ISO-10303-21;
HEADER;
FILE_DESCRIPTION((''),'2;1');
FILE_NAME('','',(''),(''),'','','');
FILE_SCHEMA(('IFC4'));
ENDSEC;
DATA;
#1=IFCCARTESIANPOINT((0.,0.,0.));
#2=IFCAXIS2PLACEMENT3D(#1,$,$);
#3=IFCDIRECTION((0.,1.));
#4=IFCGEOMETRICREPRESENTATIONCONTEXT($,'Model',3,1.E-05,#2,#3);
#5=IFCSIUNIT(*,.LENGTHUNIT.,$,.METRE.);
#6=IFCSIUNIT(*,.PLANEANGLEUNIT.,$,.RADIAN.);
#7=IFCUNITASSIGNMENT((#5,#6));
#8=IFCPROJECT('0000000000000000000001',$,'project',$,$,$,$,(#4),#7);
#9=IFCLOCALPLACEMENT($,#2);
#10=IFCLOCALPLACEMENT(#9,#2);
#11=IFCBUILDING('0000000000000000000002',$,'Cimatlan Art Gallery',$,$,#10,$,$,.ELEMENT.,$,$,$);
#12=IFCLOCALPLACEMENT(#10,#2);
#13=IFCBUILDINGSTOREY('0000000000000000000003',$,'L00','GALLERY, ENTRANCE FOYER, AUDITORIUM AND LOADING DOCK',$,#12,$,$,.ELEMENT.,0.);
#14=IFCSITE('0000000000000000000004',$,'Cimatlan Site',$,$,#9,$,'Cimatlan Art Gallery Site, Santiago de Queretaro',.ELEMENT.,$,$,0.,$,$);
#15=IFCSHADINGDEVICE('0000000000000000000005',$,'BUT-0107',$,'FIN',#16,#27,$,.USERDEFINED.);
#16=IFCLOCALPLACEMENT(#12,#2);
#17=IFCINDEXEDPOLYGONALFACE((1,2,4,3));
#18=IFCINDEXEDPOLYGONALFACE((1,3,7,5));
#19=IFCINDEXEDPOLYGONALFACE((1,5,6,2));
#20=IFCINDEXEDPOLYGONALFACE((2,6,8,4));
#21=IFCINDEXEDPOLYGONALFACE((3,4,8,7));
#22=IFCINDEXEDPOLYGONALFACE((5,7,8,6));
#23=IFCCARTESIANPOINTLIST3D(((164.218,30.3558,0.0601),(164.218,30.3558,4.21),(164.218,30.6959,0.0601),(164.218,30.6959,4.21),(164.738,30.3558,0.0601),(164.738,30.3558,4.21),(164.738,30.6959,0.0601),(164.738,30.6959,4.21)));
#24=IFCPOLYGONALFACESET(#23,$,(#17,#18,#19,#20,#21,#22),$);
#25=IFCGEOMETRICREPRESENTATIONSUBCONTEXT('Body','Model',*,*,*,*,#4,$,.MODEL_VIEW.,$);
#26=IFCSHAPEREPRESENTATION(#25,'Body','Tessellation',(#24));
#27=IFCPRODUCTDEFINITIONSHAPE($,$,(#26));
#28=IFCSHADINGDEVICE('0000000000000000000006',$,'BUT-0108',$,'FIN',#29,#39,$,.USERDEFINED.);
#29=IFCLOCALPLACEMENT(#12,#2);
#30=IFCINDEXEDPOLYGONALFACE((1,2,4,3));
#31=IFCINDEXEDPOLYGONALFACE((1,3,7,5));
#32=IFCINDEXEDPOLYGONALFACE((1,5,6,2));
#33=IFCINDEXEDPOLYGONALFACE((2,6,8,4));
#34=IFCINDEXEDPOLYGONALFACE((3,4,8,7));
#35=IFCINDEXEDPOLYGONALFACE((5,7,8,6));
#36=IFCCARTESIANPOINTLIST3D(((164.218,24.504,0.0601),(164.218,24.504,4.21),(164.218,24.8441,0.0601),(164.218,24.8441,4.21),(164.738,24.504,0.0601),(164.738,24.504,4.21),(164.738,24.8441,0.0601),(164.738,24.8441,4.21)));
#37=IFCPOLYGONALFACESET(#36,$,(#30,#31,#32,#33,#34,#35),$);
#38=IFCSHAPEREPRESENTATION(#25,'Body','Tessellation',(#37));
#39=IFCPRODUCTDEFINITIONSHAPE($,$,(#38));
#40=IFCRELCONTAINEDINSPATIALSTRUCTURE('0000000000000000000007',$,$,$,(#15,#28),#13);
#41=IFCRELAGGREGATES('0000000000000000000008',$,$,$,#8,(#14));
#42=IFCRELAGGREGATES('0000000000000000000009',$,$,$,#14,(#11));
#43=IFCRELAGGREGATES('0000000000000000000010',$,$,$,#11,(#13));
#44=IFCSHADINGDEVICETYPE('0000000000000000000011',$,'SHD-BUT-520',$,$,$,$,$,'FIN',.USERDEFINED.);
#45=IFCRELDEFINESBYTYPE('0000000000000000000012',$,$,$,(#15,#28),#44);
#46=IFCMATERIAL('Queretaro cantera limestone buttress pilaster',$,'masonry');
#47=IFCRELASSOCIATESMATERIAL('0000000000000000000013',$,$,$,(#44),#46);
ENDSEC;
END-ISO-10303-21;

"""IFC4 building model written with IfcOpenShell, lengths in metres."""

from ifc_helpers import new_model, si_unit, direction, frame, origin, origin_2d, place, context, subcontext, project, spatial, rectangle, extrude, material, type_object, element, save


model = new_model("IFC4")

# Units and contexts
model_context = context("Model", 3, precision=1e-05, world=origin(), true_north=direction((0.0, 1.0)))
body_context = subcontext(model_context, "Body", "Model", "MODEL_VIEW")
ifc_project = project(units=[si_unit("LENGTHUNIT", "METRE"), si_unit("PLANEANGLEUNIT", "RADIAN")], contexts=[model_context])

# Site, building, storey
site_placement = place(None, origin())
site = spatial("IfcSite", under=ifc_project, at=site_placement, Name="Cimatlan Site", LongName="Cimatlan Art Gallery Site, Santiago de Queretaro", CompositionType="ELEMENT", RefElevation=0.0)
building_placement = place(site_placement, origin())
building = spatial("IfcBuilding", under=site, at=building_placement, Name="Cimatlan Art Gallery", CompositionType="ELEMENT")
storey_placement = place(building_placement, origin())
storey = spatial("IfcBuildingStorey", under=building, at=storey_placement, Name="L00", Description="GALLERY, ENTRANCE FOYER, AUDITORIUM AND LOADING DOCK", CompositionType="ELEMENT", Elevation=0.0)

# Shading devices
ifc_material_1 = material(Name="Queretaro cantera limestone buttress pilaster", Category="masonry")
shading_device_type = type_object("IfcShadingDeviceType", Name="SHD-BUT-520", ElementType="FIN", PredefinedType="USERDEFINED", material=ifc_material_1)
for number, where, z_axis, x_axis, name in (
    (1, (164.478, 30.5259, 0.0601), (0.0, 0.0, 1.0), (0.0, -1.0, 0.0), "BUT-0107"),
    (2, (164.478, 24.6741, 0.0601), (0.0, 0.0, 1.0), (0.0, -1.0, 0.0), "BUT-0108"),
):
    element("IfcShadingDevice", number, at=place(storey_placement, frame(where, z_axis=z_axis, x_axis=x_axis)), inside=storey, type_object=shading_device_type, Name=name, ObjectType="FIN", PredefinedType="USERDEFINED", context=body_context, shape_type="SweptSolid", body=[
        extrude(rectangle(XDim=0.3401, YDim=0.52, at=origin_2d()), origin(), (0.0, 0.0, 1.0), 4.1499),
    ])

save(model, "model.ifc")
